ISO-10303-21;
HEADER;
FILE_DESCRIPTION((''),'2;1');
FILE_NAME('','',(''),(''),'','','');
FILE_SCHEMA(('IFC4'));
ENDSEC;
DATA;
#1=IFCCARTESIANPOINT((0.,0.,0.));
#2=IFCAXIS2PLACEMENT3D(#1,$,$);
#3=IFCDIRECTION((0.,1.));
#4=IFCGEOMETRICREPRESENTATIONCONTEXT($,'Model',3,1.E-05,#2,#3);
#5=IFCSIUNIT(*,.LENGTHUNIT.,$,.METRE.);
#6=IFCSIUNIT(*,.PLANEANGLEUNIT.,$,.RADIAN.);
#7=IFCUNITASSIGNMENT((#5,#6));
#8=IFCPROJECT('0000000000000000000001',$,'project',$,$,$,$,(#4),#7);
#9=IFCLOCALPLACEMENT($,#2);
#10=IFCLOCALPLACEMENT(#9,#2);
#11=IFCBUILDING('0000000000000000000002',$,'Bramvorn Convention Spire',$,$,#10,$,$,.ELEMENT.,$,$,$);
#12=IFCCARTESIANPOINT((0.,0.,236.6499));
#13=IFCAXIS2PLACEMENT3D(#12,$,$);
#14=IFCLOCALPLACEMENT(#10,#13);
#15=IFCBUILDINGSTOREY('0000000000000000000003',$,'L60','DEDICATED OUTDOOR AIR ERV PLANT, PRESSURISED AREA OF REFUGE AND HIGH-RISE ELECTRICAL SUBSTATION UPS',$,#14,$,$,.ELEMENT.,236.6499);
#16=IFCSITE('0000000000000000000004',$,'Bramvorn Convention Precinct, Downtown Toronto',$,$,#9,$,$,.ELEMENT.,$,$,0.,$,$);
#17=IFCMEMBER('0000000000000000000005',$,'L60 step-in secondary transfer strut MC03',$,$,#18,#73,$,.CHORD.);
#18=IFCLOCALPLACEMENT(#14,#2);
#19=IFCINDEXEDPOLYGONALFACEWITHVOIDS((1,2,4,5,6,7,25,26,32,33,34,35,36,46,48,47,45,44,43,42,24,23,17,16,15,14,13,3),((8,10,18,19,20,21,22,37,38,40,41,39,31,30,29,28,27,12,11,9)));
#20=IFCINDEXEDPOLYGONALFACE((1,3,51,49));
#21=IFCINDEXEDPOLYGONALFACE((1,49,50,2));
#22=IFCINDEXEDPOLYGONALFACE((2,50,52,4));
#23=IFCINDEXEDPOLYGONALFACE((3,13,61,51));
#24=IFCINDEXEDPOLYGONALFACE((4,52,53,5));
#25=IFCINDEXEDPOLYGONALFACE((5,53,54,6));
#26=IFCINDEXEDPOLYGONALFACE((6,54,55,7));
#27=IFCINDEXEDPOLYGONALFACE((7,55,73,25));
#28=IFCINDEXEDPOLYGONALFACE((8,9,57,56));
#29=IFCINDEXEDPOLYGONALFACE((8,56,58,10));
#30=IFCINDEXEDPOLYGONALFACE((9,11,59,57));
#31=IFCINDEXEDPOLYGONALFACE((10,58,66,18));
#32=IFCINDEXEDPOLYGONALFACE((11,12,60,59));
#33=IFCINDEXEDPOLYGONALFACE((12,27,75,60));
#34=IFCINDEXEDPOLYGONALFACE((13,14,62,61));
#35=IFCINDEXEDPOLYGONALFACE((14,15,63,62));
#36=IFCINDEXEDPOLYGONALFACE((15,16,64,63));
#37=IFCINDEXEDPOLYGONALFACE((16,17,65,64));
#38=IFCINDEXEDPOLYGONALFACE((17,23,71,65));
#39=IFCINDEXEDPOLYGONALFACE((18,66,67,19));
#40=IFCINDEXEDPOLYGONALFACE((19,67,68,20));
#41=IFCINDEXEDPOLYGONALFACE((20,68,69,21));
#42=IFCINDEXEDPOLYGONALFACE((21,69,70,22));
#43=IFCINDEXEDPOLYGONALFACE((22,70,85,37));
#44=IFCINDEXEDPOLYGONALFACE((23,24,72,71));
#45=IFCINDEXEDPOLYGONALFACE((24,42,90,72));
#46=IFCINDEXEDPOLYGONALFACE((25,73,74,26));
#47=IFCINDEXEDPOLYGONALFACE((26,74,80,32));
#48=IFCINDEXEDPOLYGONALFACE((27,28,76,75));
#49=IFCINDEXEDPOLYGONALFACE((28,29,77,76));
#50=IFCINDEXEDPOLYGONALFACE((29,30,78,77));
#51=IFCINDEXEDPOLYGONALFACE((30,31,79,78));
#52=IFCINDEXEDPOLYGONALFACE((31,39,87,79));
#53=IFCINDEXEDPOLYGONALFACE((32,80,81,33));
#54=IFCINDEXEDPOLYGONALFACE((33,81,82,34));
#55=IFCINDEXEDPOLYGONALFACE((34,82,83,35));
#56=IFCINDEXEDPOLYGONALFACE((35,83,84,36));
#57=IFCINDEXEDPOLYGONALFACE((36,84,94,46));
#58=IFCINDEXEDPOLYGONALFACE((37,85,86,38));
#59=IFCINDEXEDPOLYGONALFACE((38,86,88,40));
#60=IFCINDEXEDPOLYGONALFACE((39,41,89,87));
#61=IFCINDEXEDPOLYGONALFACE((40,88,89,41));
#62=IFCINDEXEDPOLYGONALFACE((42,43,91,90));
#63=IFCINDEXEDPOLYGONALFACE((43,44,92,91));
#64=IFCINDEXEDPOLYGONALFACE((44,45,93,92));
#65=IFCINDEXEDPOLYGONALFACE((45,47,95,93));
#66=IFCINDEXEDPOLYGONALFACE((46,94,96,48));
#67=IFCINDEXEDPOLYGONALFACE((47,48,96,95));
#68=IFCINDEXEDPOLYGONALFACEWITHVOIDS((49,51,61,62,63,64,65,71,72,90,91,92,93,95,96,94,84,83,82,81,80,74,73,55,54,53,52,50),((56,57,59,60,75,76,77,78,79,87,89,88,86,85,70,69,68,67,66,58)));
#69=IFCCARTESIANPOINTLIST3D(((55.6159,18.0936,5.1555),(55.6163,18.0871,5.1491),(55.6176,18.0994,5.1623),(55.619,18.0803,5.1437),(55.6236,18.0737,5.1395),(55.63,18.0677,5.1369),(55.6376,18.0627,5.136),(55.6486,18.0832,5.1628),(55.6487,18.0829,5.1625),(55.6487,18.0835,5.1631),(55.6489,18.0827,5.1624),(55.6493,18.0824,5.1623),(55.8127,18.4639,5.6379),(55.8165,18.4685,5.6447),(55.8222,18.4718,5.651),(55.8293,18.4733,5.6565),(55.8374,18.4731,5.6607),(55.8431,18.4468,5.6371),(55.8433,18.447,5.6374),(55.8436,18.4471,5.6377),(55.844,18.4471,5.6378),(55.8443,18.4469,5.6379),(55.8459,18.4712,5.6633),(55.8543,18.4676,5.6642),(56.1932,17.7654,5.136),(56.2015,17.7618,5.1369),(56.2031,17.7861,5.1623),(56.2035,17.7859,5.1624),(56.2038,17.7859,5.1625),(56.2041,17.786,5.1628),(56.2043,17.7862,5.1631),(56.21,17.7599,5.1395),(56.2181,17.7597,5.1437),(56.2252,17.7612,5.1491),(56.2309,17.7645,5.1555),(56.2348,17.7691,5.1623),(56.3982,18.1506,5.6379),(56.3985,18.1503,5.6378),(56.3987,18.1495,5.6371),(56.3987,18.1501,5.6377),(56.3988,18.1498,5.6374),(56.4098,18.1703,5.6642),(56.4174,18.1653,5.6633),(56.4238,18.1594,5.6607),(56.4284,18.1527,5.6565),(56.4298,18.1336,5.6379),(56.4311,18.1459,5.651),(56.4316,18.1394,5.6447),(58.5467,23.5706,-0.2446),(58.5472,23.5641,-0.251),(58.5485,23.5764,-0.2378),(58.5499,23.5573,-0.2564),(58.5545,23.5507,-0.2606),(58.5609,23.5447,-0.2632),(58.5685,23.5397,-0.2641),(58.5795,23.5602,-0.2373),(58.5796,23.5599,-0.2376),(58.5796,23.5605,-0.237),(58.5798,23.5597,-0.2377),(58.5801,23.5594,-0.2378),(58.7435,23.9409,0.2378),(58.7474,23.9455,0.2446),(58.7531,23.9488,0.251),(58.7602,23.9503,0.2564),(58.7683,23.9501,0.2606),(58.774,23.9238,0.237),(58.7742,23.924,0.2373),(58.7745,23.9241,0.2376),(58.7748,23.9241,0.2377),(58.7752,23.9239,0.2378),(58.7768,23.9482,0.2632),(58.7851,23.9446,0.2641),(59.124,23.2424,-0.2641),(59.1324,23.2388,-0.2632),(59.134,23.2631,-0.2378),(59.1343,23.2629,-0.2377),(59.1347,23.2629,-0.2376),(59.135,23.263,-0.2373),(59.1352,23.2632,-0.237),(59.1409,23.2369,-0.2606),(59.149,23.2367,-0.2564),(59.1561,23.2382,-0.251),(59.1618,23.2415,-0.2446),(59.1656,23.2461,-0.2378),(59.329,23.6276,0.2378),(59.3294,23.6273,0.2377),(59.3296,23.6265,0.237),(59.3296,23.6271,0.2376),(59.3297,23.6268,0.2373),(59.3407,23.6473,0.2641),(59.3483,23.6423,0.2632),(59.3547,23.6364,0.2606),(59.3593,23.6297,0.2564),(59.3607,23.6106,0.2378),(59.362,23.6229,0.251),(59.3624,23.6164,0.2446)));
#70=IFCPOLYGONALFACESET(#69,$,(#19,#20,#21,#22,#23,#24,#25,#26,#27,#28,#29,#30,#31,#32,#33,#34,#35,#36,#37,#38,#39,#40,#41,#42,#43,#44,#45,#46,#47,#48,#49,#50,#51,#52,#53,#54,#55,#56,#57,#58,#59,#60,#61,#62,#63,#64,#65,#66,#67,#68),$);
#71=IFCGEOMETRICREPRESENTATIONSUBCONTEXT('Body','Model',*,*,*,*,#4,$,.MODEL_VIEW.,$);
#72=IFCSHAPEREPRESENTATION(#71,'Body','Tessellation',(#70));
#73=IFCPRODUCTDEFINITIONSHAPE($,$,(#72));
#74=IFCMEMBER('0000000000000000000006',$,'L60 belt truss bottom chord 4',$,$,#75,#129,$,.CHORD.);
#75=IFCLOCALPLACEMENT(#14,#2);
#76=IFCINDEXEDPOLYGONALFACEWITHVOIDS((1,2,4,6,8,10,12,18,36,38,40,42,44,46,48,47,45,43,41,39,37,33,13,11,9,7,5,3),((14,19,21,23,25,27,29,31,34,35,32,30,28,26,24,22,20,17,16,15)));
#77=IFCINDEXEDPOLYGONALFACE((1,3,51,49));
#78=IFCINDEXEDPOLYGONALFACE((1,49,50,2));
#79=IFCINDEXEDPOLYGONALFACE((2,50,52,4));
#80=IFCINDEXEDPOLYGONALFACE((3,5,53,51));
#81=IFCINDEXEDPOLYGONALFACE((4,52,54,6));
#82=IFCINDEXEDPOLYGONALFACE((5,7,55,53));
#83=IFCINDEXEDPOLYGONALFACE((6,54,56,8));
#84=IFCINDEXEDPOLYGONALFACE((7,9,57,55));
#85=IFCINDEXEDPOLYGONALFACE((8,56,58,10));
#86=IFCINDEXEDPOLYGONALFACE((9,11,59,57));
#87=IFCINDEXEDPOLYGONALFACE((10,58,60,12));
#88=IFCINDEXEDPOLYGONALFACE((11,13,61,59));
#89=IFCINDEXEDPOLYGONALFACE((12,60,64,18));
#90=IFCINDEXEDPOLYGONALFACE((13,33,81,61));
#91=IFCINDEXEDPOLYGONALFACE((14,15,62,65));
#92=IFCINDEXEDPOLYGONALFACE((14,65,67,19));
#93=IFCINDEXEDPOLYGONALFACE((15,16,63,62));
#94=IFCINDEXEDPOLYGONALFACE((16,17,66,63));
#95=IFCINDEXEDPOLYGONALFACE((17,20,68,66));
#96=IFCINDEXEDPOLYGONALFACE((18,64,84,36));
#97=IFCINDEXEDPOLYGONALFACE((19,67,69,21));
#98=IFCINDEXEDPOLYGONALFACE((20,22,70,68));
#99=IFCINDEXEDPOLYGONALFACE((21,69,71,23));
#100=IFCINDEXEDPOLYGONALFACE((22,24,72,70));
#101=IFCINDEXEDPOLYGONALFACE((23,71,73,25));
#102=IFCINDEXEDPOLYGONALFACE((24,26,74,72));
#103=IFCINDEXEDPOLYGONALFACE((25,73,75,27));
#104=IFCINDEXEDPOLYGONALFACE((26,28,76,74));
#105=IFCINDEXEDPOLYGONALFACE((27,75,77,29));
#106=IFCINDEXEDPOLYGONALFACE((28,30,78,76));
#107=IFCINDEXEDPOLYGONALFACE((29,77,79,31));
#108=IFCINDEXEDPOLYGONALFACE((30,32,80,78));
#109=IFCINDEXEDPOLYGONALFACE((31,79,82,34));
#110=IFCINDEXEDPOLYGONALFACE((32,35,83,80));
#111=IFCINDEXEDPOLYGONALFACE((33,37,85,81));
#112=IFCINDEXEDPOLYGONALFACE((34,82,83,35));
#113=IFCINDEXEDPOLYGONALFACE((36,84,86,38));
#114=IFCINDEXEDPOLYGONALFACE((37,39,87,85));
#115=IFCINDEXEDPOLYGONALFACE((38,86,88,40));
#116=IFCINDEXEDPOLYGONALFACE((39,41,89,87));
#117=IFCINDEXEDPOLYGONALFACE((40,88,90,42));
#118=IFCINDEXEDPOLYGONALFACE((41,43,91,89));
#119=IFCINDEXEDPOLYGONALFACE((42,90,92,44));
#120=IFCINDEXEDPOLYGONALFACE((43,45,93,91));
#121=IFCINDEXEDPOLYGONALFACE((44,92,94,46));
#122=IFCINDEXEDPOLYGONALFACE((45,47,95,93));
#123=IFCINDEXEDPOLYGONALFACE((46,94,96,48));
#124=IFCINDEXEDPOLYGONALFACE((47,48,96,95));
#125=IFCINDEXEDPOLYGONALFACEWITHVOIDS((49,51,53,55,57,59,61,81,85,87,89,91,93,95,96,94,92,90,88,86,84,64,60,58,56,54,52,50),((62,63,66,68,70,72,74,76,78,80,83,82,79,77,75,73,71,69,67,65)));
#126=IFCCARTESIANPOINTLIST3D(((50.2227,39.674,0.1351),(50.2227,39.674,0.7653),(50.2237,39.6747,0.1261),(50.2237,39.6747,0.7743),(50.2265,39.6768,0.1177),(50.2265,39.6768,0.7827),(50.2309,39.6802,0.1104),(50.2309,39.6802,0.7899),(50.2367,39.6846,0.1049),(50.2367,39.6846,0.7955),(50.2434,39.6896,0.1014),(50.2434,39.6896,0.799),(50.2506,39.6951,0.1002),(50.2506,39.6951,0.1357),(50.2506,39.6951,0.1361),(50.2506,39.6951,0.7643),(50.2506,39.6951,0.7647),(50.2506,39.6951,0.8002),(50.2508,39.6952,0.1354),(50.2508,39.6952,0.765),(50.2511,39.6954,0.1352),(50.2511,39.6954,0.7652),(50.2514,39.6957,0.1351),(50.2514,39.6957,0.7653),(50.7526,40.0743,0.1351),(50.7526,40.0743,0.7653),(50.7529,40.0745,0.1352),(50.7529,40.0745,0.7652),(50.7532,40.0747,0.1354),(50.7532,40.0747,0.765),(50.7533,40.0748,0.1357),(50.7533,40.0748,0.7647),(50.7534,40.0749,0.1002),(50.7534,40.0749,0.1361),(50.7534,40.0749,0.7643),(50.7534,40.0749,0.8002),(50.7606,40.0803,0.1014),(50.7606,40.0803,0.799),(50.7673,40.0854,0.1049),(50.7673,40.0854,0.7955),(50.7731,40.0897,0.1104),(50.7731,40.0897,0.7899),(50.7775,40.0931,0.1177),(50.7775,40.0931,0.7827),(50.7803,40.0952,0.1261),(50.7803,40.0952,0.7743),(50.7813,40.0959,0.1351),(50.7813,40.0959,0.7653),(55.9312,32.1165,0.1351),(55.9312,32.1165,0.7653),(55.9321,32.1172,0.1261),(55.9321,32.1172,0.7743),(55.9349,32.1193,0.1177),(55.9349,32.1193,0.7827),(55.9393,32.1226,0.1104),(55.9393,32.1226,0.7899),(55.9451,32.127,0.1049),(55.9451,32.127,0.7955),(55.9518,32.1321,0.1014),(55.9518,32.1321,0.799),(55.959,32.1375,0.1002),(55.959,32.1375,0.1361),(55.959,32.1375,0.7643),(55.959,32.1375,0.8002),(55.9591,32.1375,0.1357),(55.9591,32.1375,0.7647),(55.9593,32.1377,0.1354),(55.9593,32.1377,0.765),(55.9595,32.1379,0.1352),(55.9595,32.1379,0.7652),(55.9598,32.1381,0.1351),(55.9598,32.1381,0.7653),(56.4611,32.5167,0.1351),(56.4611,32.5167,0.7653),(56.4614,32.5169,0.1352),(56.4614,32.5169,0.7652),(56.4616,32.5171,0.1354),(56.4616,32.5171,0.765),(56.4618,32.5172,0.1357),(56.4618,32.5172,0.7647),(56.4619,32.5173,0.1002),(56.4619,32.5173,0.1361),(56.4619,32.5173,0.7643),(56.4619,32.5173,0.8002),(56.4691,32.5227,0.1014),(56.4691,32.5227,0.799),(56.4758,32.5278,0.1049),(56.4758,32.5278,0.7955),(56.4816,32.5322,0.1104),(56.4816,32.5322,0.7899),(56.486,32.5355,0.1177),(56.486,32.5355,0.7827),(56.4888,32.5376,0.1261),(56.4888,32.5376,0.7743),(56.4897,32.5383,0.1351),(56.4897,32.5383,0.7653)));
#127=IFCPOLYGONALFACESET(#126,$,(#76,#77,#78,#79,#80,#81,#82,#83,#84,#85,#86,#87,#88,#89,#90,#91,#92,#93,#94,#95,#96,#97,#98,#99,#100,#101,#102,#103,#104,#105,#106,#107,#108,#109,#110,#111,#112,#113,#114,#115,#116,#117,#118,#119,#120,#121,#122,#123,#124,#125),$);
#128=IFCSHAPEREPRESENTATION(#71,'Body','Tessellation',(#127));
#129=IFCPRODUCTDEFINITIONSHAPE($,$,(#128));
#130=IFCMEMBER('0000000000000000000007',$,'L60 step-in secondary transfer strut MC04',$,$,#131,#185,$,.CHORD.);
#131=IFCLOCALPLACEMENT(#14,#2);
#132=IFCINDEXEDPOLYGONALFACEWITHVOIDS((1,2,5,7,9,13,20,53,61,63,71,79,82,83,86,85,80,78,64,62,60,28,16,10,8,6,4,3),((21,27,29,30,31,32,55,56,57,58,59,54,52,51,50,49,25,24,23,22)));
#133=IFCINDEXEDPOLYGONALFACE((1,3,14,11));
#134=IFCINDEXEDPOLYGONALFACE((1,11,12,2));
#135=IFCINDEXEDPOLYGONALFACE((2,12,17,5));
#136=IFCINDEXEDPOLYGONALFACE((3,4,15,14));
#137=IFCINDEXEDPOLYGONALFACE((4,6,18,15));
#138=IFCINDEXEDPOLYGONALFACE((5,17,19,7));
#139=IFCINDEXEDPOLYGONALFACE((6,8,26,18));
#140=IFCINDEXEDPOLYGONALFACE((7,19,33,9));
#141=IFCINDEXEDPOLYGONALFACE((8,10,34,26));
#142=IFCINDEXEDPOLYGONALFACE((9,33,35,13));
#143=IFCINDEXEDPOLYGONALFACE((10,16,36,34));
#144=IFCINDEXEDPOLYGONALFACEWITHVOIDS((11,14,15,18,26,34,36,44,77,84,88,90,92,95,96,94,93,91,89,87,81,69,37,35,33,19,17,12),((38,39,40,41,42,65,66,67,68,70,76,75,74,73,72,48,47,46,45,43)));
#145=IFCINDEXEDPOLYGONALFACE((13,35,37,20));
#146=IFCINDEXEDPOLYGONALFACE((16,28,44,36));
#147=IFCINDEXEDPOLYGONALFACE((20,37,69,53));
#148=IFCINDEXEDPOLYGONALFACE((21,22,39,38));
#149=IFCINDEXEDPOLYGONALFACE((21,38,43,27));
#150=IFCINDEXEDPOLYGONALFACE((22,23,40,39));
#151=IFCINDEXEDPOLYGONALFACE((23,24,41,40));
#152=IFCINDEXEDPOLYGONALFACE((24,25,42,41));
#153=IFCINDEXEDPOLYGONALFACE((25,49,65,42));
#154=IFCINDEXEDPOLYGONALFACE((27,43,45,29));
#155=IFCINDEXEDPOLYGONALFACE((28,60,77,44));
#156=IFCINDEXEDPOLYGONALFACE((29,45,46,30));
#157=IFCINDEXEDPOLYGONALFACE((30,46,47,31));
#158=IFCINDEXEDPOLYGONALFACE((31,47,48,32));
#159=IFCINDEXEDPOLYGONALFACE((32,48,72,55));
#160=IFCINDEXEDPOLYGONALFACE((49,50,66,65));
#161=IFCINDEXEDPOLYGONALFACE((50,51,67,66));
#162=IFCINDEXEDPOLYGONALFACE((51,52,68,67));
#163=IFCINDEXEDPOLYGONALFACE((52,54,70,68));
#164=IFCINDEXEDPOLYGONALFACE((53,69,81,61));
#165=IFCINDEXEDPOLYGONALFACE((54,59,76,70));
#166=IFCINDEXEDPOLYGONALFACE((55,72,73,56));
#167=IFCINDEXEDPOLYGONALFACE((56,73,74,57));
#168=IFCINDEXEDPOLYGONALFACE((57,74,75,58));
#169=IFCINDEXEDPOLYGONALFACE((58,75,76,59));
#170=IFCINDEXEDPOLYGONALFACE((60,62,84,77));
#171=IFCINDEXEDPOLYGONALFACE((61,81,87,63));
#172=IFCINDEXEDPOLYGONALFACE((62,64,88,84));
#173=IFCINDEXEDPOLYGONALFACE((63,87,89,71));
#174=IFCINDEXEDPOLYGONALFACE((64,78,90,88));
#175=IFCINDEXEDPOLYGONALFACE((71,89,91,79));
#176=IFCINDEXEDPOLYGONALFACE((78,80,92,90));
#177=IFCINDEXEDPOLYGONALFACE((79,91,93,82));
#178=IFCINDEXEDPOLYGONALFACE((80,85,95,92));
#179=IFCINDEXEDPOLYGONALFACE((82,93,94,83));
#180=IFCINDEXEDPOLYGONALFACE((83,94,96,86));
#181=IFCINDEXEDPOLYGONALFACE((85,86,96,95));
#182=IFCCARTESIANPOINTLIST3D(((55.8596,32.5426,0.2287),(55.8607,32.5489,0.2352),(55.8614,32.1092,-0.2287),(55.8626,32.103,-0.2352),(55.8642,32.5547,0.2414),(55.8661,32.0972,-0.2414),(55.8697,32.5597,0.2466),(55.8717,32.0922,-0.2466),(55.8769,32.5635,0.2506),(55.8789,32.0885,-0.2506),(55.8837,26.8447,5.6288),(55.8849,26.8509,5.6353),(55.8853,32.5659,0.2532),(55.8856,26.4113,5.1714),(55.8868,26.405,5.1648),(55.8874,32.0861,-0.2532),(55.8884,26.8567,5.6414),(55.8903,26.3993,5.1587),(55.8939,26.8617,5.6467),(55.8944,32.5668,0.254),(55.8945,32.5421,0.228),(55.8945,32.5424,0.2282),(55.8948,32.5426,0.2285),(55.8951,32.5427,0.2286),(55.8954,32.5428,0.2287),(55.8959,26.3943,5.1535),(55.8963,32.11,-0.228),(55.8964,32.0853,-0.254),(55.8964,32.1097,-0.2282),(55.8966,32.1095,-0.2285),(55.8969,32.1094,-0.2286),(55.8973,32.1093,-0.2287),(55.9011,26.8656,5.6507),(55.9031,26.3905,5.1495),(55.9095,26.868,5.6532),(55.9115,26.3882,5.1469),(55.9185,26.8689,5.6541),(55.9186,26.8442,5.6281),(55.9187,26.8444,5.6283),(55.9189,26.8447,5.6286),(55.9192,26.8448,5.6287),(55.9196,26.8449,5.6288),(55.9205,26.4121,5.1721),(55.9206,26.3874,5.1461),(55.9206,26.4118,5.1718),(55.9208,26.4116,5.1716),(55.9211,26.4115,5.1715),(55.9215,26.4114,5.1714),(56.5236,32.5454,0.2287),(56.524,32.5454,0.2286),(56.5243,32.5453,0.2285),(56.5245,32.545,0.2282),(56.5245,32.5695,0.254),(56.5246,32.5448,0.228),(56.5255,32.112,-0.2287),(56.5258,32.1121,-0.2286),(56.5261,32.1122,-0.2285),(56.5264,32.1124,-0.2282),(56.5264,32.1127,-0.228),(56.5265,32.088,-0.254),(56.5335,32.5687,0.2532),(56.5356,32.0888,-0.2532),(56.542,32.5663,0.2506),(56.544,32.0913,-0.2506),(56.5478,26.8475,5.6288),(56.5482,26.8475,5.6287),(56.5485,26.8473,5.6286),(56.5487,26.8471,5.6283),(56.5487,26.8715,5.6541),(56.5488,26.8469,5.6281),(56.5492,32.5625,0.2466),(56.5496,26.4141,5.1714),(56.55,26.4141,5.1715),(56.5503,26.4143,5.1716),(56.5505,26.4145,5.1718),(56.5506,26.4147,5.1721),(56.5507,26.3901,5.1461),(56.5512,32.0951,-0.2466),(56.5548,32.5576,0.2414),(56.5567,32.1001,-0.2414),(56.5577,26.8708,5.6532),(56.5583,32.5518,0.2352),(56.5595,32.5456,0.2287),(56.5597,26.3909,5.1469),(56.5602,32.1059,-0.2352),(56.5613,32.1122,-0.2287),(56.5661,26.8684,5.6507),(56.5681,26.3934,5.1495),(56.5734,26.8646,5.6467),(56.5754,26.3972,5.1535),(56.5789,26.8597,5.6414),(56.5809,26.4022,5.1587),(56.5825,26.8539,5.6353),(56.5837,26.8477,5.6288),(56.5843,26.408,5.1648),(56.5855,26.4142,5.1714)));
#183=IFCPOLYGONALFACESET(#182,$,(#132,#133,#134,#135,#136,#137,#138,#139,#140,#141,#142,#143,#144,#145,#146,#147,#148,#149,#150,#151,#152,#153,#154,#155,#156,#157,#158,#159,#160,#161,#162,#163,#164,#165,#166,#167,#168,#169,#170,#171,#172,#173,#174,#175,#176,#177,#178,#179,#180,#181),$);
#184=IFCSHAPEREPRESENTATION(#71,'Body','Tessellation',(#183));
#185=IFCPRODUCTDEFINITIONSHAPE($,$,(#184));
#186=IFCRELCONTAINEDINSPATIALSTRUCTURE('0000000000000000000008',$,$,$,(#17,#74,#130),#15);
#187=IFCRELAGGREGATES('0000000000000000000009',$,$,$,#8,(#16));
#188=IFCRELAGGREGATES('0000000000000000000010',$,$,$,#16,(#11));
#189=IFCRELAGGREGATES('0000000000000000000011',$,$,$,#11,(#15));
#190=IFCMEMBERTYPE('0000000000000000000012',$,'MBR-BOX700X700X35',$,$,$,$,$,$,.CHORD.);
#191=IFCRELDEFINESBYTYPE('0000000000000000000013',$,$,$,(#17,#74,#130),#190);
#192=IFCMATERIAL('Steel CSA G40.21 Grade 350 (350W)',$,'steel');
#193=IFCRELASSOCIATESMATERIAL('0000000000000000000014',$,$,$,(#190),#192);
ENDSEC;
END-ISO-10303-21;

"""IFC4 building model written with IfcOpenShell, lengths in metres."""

from ifc_helpers import new_model, si_unit, direction, frame, origin, origin_2d, place, context, subcontext, project, spatial, hollow_rectangle, extrude, material, material_profile, profile_set, type_object, element, save


model = new_model("IFC4")

# Units and contexts
model_context = context("Model", 3, precision=1e-05, world=origin(), true_north=direction((0.0, 1.0)))
body_context = subcontext(model_context, "Body", "Model", "MODEL_VIEW")
ifc_project = project(units=[si_unit("LENGTHUNIT", "METRE"), si_unit("PLANEANGLEUNIT", "RADIAN")], contexts=[model_context])

# Site, building, storey
site_placement = place(None, origin())
site = spatial("IfcSite", under=ifc_project, at=site_placement, Name="Bramvorn Convention Precinct, Downtown Toronto", CompositionType="ELEMENT", RefElevation=0.0)
building_placement = place(site_placement, origin())
building = spatial("IfcBuilding", under=site, at=building_placement, Name="Bramvorn Convention Spire", CompositionType="ELEMENT")
storey_placement = place(building_placement, frame((0.0, 0.0, 236.6499)))
storey = spatial("IfcBuildingStorey", under=building, at=storey_placement, Name="L60", Description="DEDICATED OUTDOOR AIR ERV PLANT, PRESSURISED AREA OF REFUGE AND HIGH-RISE ELECTRICAL SUBSTATION UPS", CompositionType="ELEMENT", Elevation=236.6499)

# Shared definitions
ifc_material_1 = material(Name="Steel CSA G40.21 Grade 350 (350W)", Category="steel")

# Members
ifc_material_profile_1 = material_profile(ifc_material_1, hollow_rectangle(XDim=0.7, YDim=0.7, WallThickness=0.0349, InnerFilletRadius=0.001, OuterFilletRadius=0.0349, at=origin_2d()))
ifc_profile_set_1 = profile_set([ifc_material_profile_1], Name="Steel CSA G40.21 Grade 350 (350W) - BOX700X700X35")
member_type_1 = type_object("IfcMemberType", Name="MBR-BOX700X700X35", PredefinedType="CHORD", material=ifc_profile_set_1)
member_1_placement = place(storey_placement, frame((58.9546, 23.5935, 0.0), z_axis=(-0.35608, -0.665415, 0.656072), x_axis=(0.881696, -0.471818, 0.0)))
element("IfcMember", 1, at=member_1_placement, inside=storey, type_object=member_type_1, Name="L60 step-in secondary transfer strut MC03", PredefinedType="CHORD", context=body_context, shape_type="SweptSolid", body=[
    extrude(hollow_rectangle(XDim=0.7, YDim=0.7, WallThickness=0.0349, InnerFilletRadius=0.001, OuterFilletRadius=0.0349, at=origin_2d()), origin(), (0.0, 0.0, 1.0), 8.231),
])
member_2_placement = place(storey_placement, frame((56.2104, 32.3274, 0.4502), z_axis=(-0.602719, 0.797954, 0.0), x_axis=(-0.797954, -0.602719, 0.0)))
element("IfcMember", 2, at=member_2_placement, inside=storey, type_object=member_type_1, Name="L60 belt truss bottom chord 4", PredefinedType="CHORD", context=body_context, shape_type="SweptSolid", body=[
    extrude(hollow_rectangle(XDim=0.7, YDim=0.7, WallThickness=0.0349, InnerFilletRadius=0.001, OuterFilletRadius=0.0349, at=origin_2d()), origin(), (0.0, 0.0, 1.0), 9.4712),
])
member_3_placement = place(storey_placement, frame((56.2104, 32.3274, 0.0), z_axis=(0.003079, -0.725819, 0.687879), x_axis=(0.999991, 0.004242, 0.0)))
element("IfcMember", 3, at=member_3_placement, inside=storey, type_object=member_type_1, Name="L60 step-in secondary transfer strut MC04", PredefinedType="CHORD", context=body_context, shape_type="SweptSolid", body=[
    extrude(hollow_rectangle(XDim=0.7, YDim=0.7, WallThickness=0.0349, InnerFilletRadius=0.001, OuterFilletRadius=0.0349, at=origin_2d()), origin(), (0.0, 0.0, 1.0), 7.8503),
])

save(model, "model.ifc")
